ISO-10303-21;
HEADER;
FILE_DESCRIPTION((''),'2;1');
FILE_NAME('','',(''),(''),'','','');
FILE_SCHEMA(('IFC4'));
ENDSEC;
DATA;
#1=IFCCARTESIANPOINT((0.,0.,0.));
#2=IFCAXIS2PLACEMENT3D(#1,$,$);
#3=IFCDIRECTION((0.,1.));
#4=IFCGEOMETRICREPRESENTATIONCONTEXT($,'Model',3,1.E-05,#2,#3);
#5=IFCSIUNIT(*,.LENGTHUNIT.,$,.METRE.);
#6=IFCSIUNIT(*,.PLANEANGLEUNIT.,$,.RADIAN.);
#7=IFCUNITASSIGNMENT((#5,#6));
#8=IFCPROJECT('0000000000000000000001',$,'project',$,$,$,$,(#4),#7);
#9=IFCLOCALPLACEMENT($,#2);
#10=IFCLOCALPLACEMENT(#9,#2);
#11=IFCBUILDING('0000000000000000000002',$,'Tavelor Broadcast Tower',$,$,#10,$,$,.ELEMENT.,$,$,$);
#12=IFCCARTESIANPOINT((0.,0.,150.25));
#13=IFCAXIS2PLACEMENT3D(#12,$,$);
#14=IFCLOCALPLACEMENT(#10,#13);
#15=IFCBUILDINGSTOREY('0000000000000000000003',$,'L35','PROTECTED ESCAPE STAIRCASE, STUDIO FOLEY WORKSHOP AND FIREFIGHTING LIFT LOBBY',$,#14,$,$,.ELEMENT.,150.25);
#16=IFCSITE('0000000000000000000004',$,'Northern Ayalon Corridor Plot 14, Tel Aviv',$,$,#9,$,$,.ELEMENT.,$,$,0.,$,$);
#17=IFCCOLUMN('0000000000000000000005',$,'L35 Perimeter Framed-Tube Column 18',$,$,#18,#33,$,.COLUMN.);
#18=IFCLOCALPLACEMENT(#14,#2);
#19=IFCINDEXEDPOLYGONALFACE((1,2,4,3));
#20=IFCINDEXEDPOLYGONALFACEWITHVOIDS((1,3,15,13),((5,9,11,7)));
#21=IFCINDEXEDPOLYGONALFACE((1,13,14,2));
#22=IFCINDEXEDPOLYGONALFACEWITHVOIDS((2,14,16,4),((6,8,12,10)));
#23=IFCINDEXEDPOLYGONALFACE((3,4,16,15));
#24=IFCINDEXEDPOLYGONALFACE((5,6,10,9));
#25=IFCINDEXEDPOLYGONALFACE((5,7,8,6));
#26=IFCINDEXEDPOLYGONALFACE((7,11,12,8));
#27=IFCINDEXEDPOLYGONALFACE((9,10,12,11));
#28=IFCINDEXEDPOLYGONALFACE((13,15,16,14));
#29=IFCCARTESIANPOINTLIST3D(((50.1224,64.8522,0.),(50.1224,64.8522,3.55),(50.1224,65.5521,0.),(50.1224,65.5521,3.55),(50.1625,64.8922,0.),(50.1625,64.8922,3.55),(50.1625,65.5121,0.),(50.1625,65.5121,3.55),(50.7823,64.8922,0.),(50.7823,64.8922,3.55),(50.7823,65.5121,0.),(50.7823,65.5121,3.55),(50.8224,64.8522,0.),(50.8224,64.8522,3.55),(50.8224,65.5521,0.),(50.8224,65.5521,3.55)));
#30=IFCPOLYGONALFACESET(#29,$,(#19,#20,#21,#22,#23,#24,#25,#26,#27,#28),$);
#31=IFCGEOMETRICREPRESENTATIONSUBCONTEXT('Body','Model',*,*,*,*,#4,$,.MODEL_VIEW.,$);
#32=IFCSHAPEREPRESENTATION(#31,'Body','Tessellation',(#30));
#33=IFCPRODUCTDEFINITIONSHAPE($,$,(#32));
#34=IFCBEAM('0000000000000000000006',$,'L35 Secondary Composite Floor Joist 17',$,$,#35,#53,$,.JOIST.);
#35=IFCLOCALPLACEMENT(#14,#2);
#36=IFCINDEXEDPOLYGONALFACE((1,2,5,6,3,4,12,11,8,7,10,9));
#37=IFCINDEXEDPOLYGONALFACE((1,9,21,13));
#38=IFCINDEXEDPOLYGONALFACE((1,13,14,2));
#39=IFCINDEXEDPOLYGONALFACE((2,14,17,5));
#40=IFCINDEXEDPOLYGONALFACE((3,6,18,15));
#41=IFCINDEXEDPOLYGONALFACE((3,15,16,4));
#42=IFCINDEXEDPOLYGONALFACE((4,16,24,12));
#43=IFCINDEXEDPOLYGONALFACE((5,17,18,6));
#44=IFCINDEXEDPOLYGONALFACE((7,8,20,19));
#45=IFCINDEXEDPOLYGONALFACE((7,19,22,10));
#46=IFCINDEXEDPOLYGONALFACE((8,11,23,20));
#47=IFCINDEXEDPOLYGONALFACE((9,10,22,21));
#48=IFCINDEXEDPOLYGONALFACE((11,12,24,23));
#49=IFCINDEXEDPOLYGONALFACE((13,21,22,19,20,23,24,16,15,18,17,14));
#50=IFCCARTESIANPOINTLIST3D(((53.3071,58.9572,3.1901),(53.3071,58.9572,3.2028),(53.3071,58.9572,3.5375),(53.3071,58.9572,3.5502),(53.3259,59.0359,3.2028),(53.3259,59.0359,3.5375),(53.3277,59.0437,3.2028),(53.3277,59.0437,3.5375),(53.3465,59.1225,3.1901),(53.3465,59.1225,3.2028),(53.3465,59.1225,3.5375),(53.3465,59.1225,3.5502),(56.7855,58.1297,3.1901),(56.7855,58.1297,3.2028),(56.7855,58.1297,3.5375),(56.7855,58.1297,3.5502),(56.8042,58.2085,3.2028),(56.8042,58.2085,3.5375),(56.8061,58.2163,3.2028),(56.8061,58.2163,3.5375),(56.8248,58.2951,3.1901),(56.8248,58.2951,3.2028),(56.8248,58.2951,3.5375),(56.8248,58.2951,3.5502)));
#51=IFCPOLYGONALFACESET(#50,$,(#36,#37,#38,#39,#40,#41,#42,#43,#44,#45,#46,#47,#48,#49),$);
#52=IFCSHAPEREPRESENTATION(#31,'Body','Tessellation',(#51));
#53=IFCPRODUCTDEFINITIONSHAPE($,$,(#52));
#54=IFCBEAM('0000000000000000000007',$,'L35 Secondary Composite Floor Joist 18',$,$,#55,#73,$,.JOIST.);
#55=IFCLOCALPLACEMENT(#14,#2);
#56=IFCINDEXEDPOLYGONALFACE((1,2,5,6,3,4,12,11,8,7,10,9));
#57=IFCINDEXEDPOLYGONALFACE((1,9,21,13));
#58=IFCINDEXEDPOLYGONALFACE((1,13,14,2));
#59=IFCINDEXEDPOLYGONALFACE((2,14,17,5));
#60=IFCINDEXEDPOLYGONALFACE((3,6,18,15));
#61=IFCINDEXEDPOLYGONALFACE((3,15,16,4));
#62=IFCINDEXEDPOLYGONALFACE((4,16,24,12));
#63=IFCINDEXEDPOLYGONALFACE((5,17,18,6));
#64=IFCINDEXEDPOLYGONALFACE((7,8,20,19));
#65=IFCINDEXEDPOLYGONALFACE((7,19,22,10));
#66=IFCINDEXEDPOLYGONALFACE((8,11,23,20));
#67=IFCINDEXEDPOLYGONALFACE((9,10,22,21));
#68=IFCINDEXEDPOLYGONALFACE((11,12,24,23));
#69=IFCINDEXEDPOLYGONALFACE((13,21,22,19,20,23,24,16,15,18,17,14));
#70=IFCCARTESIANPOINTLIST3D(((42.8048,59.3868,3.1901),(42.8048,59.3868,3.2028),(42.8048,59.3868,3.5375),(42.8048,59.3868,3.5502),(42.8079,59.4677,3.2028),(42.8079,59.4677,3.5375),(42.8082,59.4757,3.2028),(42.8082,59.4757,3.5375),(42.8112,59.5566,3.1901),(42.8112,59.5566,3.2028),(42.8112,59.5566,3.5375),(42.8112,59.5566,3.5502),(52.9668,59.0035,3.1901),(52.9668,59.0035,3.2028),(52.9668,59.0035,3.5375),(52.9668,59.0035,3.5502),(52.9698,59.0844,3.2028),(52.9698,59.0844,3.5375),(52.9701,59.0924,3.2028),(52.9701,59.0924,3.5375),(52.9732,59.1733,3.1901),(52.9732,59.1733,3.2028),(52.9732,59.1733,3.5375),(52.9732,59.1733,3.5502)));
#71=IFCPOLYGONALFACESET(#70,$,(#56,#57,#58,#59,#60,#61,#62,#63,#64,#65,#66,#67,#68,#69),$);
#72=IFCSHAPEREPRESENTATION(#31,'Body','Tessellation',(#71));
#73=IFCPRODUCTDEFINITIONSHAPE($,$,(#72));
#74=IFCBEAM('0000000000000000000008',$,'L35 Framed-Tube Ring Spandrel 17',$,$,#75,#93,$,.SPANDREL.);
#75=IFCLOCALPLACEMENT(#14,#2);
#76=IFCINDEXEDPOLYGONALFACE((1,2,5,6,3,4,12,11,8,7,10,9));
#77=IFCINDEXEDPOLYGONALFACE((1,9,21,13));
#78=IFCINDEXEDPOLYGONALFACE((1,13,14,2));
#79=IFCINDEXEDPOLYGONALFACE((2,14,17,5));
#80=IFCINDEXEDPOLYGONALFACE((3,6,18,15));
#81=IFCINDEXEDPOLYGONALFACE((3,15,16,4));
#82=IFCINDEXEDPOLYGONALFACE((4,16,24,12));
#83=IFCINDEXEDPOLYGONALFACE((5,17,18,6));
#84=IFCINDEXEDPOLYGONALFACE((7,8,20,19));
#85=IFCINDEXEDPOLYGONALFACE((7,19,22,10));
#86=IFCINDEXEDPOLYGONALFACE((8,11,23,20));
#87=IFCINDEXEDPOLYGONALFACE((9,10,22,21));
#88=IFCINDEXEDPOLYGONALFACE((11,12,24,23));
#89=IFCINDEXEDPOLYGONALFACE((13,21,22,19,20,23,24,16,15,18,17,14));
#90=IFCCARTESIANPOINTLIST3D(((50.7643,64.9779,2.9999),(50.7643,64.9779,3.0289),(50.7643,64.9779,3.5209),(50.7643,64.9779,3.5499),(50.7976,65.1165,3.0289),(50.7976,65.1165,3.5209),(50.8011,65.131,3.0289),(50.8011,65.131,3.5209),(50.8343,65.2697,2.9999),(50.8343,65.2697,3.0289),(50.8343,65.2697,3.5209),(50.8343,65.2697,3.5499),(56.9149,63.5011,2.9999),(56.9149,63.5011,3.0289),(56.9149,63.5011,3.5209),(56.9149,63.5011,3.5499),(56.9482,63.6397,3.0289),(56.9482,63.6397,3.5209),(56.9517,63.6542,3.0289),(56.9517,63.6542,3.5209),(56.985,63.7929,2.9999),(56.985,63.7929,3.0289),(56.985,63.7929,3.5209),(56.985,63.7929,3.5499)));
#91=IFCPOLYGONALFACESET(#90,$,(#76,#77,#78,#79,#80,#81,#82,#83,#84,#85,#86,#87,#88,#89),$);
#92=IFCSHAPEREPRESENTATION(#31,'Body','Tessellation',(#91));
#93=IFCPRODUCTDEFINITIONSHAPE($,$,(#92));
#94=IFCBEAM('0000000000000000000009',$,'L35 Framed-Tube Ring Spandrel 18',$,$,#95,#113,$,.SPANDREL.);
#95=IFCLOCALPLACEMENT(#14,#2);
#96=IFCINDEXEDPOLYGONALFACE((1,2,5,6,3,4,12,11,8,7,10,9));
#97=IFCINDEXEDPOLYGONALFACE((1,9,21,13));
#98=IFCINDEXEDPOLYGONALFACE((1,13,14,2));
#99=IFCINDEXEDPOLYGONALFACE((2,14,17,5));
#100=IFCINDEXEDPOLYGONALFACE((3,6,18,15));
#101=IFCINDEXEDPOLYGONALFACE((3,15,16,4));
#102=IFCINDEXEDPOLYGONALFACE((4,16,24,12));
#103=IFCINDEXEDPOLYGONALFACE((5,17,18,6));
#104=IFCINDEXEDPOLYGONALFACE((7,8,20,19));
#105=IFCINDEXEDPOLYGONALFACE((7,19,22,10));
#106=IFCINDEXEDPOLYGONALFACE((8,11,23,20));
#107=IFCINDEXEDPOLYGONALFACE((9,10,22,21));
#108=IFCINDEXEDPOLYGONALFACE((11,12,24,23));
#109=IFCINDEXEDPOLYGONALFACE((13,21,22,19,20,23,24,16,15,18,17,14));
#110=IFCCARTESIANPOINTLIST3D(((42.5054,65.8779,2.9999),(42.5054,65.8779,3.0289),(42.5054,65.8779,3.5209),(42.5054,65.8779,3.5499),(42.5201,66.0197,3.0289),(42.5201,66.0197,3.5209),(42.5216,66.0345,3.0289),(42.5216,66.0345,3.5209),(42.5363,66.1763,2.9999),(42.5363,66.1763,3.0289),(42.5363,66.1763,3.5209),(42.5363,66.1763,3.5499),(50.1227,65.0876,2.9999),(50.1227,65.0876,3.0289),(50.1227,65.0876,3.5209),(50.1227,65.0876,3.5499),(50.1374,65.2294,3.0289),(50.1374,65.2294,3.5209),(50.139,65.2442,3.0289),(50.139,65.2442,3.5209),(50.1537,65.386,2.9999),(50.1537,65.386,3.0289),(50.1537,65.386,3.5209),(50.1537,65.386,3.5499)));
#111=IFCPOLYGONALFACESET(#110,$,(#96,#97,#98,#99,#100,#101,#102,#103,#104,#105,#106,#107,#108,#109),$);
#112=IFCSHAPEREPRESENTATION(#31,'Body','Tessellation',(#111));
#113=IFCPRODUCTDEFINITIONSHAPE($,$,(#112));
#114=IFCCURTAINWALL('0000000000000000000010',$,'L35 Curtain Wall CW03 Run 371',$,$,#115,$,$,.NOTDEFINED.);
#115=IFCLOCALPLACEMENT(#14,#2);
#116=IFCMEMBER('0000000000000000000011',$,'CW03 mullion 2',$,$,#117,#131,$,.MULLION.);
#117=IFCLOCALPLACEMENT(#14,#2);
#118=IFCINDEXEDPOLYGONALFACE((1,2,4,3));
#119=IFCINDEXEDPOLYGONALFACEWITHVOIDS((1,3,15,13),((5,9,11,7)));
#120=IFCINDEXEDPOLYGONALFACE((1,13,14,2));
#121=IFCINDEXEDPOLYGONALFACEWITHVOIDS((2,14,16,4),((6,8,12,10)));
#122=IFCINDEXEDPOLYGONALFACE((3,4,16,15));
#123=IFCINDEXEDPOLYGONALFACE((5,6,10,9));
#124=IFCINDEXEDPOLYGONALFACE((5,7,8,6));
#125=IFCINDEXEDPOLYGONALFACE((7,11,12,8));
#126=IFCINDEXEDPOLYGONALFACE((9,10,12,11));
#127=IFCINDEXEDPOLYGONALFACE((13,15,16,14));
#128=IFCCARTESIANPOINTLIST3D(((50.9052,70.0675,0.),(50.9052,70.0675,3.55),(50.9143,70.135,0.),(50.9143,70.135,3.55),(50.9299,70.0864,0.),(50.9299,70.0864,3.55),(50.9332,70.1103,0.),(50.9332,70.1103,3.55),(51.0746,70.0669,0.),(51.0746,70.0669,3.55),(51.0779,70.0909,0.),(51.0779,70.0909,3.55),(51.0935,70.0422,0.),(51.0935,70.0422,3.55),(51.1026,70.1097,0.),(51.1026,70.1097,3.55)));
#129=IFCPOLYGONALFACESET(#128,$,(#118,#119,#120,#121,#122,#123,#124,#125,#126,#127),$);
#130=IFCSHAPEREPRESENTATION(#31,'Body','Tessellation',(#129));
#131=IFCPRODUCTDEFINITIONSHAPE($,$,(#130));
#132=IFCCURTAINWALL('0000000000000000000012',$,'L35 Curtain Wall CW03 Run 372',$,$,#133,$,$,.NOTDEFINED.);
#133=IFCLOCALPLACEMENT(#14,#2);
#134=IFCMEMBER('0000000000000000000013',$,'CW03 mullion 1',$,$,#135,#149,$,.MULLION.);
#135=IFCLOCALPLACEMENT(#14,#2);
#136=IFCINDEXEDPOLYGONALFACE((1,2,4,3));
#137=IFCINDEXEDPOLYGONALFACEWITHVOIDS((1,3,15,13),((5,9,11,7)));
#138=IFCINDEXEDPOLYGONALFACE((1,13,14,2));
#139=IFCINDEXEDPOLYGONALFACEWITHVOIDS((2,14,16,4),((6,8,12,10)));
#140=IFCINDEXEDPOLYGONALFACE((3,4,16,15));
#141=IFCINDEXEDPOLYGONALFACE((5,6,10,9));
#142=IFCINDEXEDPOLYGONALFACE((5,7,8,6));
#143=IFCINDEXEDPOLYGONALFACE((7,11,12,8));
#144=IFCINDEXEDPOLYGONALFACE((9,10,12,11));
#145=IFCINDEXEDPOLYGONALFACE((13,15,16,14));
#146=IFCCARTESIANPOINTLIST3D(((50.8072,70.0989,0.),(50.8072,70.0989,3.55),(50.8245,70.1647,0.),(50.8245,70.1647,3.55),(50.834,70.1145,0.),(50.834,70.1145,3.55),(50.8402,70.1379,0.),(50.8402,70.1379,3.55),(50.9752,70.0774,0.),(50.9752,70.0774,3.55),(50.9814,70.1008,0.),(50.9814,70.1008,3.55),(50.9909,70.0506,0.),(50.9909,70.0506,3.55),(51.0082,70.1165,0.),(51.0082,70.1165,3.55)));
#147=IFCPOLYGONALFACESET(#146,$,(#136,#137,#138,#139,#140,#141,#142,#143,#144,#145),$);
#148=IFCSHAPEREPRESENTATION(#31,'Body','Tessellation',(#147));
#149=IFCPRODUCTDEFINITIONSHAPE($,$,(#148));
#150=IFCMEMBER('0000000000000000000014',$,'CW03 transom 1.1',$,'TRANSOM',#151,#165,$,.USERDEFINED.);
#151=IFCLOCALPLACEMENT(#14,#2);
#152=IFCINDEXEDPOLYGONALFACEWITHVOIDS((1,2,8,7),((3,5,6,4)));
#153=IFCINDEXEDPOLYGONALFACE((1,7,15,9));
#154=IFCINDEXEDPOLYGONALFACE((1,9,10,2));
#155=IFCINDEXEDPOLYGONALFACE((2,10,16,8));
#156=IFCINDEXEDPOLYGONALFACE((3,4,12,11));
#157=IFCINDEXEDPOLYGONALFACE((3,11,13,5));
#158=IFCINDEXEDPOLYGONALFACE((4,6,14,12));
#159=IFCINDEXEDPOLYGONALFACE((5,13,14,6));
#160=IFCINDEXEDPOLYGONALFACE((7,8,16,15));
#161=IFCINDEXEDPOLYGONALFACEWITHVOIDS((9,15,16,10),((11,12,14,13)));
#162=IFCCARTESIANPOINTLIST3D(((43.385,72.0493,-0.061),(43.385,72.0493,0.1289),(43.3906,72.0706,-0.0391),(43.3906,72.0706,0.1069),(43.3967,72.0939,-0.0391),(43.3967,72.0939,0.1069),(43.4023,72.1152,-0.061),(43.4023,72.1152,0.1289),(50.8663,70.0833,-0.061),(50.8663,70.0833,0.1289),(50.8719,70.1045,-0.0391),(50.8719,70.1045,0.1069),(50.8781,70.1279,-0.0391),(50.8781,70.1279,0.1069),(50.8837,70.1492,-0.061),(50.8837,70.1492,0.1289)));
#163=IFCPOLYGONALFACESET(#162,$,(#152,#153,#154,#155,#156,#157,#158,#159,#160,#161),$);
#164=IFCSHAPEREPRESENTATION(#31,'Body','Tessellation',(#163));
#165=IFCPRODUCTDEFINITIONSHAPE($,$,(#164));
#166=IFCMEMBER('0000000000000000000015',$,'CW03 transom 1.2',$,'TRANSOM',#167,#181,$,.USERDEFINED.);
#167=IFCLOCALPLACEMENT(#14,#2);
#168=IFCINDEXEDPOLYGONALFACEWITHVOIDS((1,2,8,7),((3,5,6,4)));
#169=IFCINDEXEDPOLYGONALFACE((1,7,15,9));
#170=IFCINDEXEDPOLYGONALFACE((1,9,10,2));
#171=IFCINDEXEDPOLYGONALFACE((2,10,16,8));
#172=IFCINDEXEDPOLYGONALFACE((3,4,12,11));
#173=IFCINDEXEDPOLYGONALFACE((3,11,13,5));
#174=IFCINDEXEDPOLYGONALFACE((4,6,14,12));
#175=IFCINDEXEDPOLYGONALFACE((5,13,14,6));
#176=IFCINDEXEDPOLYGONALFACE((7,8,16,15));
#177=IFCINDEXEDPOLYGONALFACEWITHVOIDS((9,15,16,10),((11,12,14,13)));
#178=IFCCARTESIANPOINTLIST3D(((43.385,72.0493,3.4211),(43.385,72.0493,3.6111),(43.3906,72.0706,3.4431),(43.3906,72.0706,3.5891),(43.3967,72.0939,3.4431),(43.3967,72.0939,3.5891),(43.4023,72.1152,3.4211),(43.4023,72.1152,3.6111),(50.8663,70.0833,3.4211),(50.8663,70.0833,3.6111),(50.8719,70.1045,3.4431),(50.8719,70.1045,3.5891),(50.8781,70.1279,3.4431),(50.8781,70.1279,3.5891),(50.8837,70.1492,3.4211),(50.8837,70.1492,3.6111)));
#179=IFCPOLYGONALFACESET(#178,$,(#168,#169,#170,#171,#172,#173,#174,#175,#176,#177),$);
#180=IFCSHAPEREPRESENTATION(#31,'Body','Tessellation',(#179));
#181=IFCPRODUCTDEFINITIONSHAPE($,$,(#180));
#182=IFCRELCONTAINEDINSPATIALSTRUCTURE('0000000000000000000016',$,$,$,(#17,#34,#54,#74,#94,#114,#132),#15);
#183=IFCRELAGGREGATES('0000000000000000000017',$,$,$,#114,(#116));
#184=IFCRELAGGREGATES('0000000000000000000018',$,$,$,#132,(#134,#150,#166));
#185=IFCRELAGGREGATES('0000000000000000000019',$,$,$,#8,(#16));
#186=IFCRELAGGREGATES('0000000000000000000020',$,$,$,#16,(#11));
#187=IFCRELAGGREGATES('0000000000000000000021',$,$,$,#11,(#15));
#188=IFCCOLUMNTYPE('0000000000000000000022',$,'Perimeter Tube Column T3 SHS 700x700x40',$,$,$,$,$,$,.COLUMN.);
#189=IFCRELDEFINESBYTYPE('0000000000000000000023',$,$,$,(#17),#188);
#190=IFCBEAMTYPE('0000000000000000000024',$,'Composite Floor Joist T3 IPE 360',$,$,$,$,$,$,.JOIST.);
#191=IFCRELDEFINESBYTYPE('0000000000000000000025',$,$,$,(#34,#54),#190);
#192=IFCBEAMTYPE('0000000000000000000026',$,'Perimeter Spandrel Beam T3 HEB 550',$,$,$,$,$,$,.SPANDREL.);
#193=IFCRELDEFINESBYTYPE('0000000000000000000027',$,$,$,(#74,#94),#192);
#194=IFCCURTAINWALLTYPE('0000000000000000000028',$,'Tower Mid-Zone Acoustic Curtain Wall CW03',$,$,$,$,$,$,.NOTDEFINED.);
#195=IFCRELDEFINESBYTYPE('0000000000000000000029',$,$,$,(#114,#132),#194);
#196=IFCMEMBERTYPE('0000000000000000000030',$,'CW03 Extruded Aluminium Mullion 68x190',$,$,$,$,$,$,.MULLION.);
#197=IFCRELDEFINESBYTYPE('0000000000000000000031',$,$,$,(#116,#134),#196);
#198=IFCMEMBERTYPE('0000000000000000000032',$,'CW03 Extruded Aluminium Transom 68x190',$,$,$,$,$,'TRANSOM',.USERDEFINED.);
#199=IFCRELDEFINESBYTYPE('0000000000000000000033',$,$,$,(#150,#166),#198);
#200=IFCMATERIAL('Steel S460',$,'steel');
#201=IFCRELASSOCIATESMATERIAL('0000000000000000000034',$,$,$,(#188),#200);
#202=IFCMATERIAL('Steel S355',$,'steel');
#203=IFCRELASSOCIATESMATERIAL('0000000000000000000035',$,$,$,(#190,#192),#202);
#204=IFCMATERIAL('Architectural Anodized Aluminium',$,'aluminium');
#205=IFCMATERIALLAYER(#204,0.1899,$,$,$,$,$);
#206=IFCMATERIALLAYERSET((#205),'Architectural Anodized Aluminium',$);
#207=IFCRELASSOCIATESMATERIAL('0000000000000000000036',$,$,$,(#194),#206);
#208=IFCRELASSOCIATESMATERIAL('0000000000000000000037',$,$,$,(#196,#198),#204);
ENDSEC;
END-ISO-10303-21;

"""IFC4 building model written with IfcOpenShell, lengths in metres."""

from ifc_helpers import new_model, si_unit, direction, frame, origin, origin_2d, place, context, subcontext, project, spatial, hollow_rectangle, i_section, extrude, source, transform, mapped, material, layer, layer_set, material_profile, profile_set, type_object, type_shapes, element, aggregate, save


model = new_model("IFC4")

# Units and contexts
model_context = context("Model", 3, precision=1e-05, world=origin(), true_north=direction((0.0, 1.0)))
body_context = subcontext(model_context, "Body", "Model", "MODEL_VIEW")
ifc_project = project(units=[si_unit("LENGTHUNIT", "METRE"), si_unit("PLANEANGLEUNIT", "RADIAN")], contexts=[model_context])

# Site, building, storey
site_placement = place(None, origin())
site = spatial("IfcSite", under=ifc_project, at=site_placement, Name="Northern Ayalon Corridor Plot 14, Tel Aviv", CompositionType="ELEMENT", RefElevation=0.0)
building_placement = place(site_placement, origin())
building = spatial("IfcBuilding", under=site, at=building_placement, Name="Tavelor Broadcast Tower", CompositionType="ELEMENT")
storey_placement = place(building_placement, frame((0.0, 0.0, 150.25)))
storey = spatial("IfcBuildingStorey", under=building, at=storey_placement, Name="L35", Description="PROTECTED ESCAPE STAIRCASE, STUDIO FOLEY WORKSHOP AND FIREFIGHTING LIFT LOBBY", CompositionType="ELEMENT", Elevation=150.25)

# Column
ifc_material_1 = material(Name="Steel S460", Category="steel")
ifc_material_profile_1 = material_profile(ifc_material_1, hollow_rectangle(XDim=0.7, YDim=0.7, WallThickness=0.04, at=origin_2d()), Name="SHS 700x700x40")
ifc_profile_set_1 = profile_set([ifc_material_profile_1], Name="Steel S460")
column_type = type_object("IfcColumnType", Name="Perimeter Tube Column T3 SHS 700x700x40", PredefinedType="COLUMN", material=ifc_profile_set_1)
column_placement = place(storey_placement, frame((50.4724, 65.2021, 0.0), z_axis=(0.0, 0.0, 1.0), x_axis=(1.0, 0.0, 0.0)))
element("IfcColumn", 1, at=column_placement, inside=storey, type_object=column_type, Name="L35 Perimeter Framed-Tube Column 18", PredefinedType="COLUMN", context=body_context, shape_type="SweptSolid", body=[
    extrude(hollow_rectangle(XDim=0.7, YDim=0.7, WallThickness=0.04, at=origin_2d()), origin(), (0.0, 0.0, 1.0), 3.55),
])

# Beams
ifc_material_2 = material(Name="Steel S355", Category="steel")
ifc_material_profile_2 = material_profile(ifc_material_2, i_section(OverallWidth=0.1699, OverallDepth=0.3601, WebThickness=0.0081, FlangeThickness=0.0127, at=origin_2d()), Name="IPE 360")
ifc_profile_set_2 = profile_set([ifc_material_profile_2], Name="Steel S355")
beam_type_1 = type_object("IfcBeamType", Name="Composite Floor Joist T3 IPE 360", PredefinedType="JOIST", material=ifc_profile_set_2)
beam_1_placement = place(storey_placement, frame((56.8052, 58.2124, 3.3701), z_axis=(-0.972855, 0.231417, 0.0), x_axis=(-0.231417, -0.972855, 0.0)))
element("IfcBeam", 2, at=beam_1_placement, inside=storey, type_object=beam_type_1, Name="L35 Secondary Composite Floor Joist 17", PredefinedType="JOIST", context=body_context, shape_type="SweptSolid", body=[
    extrude(i_section(OverallWidth=0.1699, OverallDepth=0.3601, WebThickness=0.0081, FlangeThickness=0.0127, at=origin_2d()), origin(), (0.0, 0.0, 1.0), 3.5754),
])
beam_2_placement = place(storey_placement, frame((52.97, 59.0884, 3.3701), z_axis=(-0.999289, 0.037693, 0.0), x_axis=(-0.037693, -0.999289, 0.0)))
element("IfcBeam", 3, at=beam_2_placement, inside=storey, type_object=beam_type_1, Name="L35 Secondary Composite Floor Joist 18", PredefinedType="JOIST", context=body_context, shape_type="SweptSolid", body=[
    extrude(i_section(OverallWidth=0.1699, OverallDepth=0.3601, WebThickness=0.0081, FlangeThickness=0.0127, at=origin_2d()), origin(), (0.0, 0.0, 1.0), 10.1692),
])
ifc_material_profile_3 = material_profile(ifc_material_2, i_section(OverallWidth=0.3, OverallDepth=0.55, WebThickness=0.0149, FlangeThickness=0.0291, at=origin_2d()), Name="HEB 550")
ifc_profile_set_3 = profile_set([ifc_material_profile_3], Name="Steel S355")
beam_type_2 = type_object("IfcBeamType", Name="Perimeter Spandrel Beam T3 HEB 550", PredefinedType="SPANDREL", material=ifc_profile_set_3)
beam_3_placement = place(storey_placement, frame((56.95, 63.647, 3.2749), z_axis=(-0.972364, 0.233471, 0.0), x_axis=(-0.233471, -0.972364, 0.0)))
element("IfcBeam", 4, at=beam_3_placement, inside=storey, type_object=beam_type_2, Name="L35 Framed-Tube Ring Spandrel 17", PredefinedType="SPANDREL", context=body_context, shape_type="SweptSolid", body=[
    extrude(i_section(OverallWidth=0.3, OverallDepth=0.55, WebThickness=0.0149, FlangeThickness=0.0291, at=origin_2d()), origin(), (0.0, 0.0, 1.0), 6.3254),
])
beam_4_placement = place(storey_placement, frame((50.1382, 65.2368, 3.2749), z_axis=(-0.994661, 0.103193, 0.0), x_axis=(-0.103193, -0.994661, 0.0)))
element("IfcBeam", 5, at=beam_4_placement, inside=storey, type_object=beam_type_2, Name="L35 Framed-Tube Ring Spandrel 18", PredefinedType="SPANDREL", context=body_context, shape_type="SweptSolid", body=[
    extrude(i_section(OverallWidth=0.3, OverallDepth=0.55, WebThickness=0.0149, FlangeThickness=0.0291, at=origin_2d()), origin(), (0.0, 0.0, 1.0), 7.6582),
])

# Curtain wall, member
ifc_material_3 = material(Name="Architectural Anodized Aluminium", Category="aluminium")
ifc_layer_1 = layer(ifc_material_3, 0.1899)
ifc_layer_set_1 = layer_set([ifc_layer_1], Name="Architectural Anodized Aluminium")
curtain_wall_type = type_object("IfcCurtainWallType", Name="Tower Mid-Zone Acoustic Curtain Wall CW03", PredefinedType="NOTDEFINED", material=ifc_layer_set_1)
curtain_wall_1_placement = place(storey_placement, origin())
curtain_wall_1 = element("IfcCurtainWall", 6, at=curtain_wall_1_placement, inside=storey, type_object=curtain_wall_type, Name="L35 Curtain Wall CW03 Run 371", PredefinedType="NOTDEFINED")
ifc_material_profile_4 = material_profile(ifc_material_3, hollow_rectangle(XDim=0.0681, YDim=0.1899, WallThickness=0.022, at=origin_2d()), Name="RHS 68x190x22")
ifc_profile_set_4 = profile_set([ifc_material_profile_4], Name="Architectural Anodized Aluminium")
member_type_1 = type_object("IfcMemberType", Name="CW03 Extruded Aluminium Mullion 68x190", PredefinedType="MULLION", material=ifc_profile_set_4)
shared_shape_1 = source(origin(), body_context, "Body", "SweptSolid", [
    extrude(hollow_rectangle(XDim=0.0681, YDim=0.1899, WallThickness=0.022, at=origin_2d()), origin(), (0.0, 0.0, 1.0), 3.55),
])
type_shapes(member_type_1, [shared_shape_1])
member_1_placement = place(storey_placement, frame((51.0039, 70.0886, 0.0), z_axis=(0.0, 0.0, 1.0), x_axis=(-0.133022, -0.991113, 0.0)))
member_1 = element("IfcMember", 7, at=member_1_placement, type_object=member_type_1, Name="CW03 mullion 2", PredefinedType="MULLION", context=body_context, shape_type="MappedRepresentation", body=[
    mapped(shared_shape_1, transform((0.0, 0.0, 0.0), scale=1.0)),
])

# Curtain wall, members
curtain_wall_2_placement = place(storey_placement, origin())
curtain_wall_2 = element("IfcCurtainWall", 8, at=curtain_wall_2_placement, inside=storey, type_object=curtain_wall_type, Name="L35 Curtain Wall CW03 Run 372", PredefinedType="NOTDEFINED")
member_2_placement = place(storey_placement, frame((50.9077, 70.1077, 0.0), z_axis=(0.0, 0.0, 1.0), x_axis=(-0.254158, -0.967163, 0.0)))
member_2 = element("IfcMember", 9, at=member_2_placement, type_object=member_type_1, Name="CW03 mullion 1", PredefinedType="MULLION", context=body_context, shape_type="MappedRepresentation", body=[
    mapped(shared_shape_1, transform((0.0, 0.0, 0.0), scale=1.0)),
])
ifc_material_profile_5 = material_profile(ifc_material_3, hollow_rectangle(XDim=0.0681, YDim=0.1899, WallThickness=0.022, at=origin_2d()), Name="RHS 68x190x22")
ifc_profile_set_5 = profile_set([ifc_material_profile_5], Name="Architectural Anodized Aluminium")
member_type_2 = type_object("IfcMemberType", Name="CW03 Extruded Aluminium Transom 68x190", ElementType="TRANSOM", PredefinedType="USERDEFINED", material=ifc_profile_set_5)
shared_shape_2 = source(origin(), body_context, "Body", "SweptSolid", [
    extrude(hollow_rectangle(XDim=0.0681, YDim=0.1899, WallThickness=0.022, at=origin_2d()), origin(), (0.0, 0.0, 1.0), 7.7354),
])
type_shapes(member_type_2, [shared_shape_2])
member_3_placement = place(storey_placement, frame((50.875, 70.1162, 0.0339), z_axis=(-0.967162, 0.254162, 0.0), x_axis=(-0.254162, -0.967162, 0.0)))
member_3 = element("IfcMember", 10, at=member_3_placement, type_object=member_type_2, Name="CW03 transom 1.1", ObjectType="TRANSOM", PredefinedType="USERDEFINED", context=body_context, shape_type="MappedRepresentation", body=[
    mapped(shared_shape_2, transform((0.0, 0.0, 0.0), scale=1.0)),
])
member_4_placement = place(storey_placement, frame((50.875, 70.1162, 3.5161), z_axis=(-0.967162, 0.254162, 0.0), x_axis=(-0.254162, -0.967162, 0.0)))
member_4 = element("IfcMember", 11, at=member_4_placement, type_object=member_type_2, Name="CW03 transom 1.2", ObjectType="TRANSOM", PredefinedType="USERDEFINED", context=body_context, shape_type="MappedRepresentation", body=[
    mapped(shared_shape_2, transform((0.0, 0.0, 0.0), scale=1.0)),
])

aggregate(curtain_wall_1, [member_1])
aggregate(curtain_wall_2, [member_2, member_3, member_4])

save(model, "model.ifc")
